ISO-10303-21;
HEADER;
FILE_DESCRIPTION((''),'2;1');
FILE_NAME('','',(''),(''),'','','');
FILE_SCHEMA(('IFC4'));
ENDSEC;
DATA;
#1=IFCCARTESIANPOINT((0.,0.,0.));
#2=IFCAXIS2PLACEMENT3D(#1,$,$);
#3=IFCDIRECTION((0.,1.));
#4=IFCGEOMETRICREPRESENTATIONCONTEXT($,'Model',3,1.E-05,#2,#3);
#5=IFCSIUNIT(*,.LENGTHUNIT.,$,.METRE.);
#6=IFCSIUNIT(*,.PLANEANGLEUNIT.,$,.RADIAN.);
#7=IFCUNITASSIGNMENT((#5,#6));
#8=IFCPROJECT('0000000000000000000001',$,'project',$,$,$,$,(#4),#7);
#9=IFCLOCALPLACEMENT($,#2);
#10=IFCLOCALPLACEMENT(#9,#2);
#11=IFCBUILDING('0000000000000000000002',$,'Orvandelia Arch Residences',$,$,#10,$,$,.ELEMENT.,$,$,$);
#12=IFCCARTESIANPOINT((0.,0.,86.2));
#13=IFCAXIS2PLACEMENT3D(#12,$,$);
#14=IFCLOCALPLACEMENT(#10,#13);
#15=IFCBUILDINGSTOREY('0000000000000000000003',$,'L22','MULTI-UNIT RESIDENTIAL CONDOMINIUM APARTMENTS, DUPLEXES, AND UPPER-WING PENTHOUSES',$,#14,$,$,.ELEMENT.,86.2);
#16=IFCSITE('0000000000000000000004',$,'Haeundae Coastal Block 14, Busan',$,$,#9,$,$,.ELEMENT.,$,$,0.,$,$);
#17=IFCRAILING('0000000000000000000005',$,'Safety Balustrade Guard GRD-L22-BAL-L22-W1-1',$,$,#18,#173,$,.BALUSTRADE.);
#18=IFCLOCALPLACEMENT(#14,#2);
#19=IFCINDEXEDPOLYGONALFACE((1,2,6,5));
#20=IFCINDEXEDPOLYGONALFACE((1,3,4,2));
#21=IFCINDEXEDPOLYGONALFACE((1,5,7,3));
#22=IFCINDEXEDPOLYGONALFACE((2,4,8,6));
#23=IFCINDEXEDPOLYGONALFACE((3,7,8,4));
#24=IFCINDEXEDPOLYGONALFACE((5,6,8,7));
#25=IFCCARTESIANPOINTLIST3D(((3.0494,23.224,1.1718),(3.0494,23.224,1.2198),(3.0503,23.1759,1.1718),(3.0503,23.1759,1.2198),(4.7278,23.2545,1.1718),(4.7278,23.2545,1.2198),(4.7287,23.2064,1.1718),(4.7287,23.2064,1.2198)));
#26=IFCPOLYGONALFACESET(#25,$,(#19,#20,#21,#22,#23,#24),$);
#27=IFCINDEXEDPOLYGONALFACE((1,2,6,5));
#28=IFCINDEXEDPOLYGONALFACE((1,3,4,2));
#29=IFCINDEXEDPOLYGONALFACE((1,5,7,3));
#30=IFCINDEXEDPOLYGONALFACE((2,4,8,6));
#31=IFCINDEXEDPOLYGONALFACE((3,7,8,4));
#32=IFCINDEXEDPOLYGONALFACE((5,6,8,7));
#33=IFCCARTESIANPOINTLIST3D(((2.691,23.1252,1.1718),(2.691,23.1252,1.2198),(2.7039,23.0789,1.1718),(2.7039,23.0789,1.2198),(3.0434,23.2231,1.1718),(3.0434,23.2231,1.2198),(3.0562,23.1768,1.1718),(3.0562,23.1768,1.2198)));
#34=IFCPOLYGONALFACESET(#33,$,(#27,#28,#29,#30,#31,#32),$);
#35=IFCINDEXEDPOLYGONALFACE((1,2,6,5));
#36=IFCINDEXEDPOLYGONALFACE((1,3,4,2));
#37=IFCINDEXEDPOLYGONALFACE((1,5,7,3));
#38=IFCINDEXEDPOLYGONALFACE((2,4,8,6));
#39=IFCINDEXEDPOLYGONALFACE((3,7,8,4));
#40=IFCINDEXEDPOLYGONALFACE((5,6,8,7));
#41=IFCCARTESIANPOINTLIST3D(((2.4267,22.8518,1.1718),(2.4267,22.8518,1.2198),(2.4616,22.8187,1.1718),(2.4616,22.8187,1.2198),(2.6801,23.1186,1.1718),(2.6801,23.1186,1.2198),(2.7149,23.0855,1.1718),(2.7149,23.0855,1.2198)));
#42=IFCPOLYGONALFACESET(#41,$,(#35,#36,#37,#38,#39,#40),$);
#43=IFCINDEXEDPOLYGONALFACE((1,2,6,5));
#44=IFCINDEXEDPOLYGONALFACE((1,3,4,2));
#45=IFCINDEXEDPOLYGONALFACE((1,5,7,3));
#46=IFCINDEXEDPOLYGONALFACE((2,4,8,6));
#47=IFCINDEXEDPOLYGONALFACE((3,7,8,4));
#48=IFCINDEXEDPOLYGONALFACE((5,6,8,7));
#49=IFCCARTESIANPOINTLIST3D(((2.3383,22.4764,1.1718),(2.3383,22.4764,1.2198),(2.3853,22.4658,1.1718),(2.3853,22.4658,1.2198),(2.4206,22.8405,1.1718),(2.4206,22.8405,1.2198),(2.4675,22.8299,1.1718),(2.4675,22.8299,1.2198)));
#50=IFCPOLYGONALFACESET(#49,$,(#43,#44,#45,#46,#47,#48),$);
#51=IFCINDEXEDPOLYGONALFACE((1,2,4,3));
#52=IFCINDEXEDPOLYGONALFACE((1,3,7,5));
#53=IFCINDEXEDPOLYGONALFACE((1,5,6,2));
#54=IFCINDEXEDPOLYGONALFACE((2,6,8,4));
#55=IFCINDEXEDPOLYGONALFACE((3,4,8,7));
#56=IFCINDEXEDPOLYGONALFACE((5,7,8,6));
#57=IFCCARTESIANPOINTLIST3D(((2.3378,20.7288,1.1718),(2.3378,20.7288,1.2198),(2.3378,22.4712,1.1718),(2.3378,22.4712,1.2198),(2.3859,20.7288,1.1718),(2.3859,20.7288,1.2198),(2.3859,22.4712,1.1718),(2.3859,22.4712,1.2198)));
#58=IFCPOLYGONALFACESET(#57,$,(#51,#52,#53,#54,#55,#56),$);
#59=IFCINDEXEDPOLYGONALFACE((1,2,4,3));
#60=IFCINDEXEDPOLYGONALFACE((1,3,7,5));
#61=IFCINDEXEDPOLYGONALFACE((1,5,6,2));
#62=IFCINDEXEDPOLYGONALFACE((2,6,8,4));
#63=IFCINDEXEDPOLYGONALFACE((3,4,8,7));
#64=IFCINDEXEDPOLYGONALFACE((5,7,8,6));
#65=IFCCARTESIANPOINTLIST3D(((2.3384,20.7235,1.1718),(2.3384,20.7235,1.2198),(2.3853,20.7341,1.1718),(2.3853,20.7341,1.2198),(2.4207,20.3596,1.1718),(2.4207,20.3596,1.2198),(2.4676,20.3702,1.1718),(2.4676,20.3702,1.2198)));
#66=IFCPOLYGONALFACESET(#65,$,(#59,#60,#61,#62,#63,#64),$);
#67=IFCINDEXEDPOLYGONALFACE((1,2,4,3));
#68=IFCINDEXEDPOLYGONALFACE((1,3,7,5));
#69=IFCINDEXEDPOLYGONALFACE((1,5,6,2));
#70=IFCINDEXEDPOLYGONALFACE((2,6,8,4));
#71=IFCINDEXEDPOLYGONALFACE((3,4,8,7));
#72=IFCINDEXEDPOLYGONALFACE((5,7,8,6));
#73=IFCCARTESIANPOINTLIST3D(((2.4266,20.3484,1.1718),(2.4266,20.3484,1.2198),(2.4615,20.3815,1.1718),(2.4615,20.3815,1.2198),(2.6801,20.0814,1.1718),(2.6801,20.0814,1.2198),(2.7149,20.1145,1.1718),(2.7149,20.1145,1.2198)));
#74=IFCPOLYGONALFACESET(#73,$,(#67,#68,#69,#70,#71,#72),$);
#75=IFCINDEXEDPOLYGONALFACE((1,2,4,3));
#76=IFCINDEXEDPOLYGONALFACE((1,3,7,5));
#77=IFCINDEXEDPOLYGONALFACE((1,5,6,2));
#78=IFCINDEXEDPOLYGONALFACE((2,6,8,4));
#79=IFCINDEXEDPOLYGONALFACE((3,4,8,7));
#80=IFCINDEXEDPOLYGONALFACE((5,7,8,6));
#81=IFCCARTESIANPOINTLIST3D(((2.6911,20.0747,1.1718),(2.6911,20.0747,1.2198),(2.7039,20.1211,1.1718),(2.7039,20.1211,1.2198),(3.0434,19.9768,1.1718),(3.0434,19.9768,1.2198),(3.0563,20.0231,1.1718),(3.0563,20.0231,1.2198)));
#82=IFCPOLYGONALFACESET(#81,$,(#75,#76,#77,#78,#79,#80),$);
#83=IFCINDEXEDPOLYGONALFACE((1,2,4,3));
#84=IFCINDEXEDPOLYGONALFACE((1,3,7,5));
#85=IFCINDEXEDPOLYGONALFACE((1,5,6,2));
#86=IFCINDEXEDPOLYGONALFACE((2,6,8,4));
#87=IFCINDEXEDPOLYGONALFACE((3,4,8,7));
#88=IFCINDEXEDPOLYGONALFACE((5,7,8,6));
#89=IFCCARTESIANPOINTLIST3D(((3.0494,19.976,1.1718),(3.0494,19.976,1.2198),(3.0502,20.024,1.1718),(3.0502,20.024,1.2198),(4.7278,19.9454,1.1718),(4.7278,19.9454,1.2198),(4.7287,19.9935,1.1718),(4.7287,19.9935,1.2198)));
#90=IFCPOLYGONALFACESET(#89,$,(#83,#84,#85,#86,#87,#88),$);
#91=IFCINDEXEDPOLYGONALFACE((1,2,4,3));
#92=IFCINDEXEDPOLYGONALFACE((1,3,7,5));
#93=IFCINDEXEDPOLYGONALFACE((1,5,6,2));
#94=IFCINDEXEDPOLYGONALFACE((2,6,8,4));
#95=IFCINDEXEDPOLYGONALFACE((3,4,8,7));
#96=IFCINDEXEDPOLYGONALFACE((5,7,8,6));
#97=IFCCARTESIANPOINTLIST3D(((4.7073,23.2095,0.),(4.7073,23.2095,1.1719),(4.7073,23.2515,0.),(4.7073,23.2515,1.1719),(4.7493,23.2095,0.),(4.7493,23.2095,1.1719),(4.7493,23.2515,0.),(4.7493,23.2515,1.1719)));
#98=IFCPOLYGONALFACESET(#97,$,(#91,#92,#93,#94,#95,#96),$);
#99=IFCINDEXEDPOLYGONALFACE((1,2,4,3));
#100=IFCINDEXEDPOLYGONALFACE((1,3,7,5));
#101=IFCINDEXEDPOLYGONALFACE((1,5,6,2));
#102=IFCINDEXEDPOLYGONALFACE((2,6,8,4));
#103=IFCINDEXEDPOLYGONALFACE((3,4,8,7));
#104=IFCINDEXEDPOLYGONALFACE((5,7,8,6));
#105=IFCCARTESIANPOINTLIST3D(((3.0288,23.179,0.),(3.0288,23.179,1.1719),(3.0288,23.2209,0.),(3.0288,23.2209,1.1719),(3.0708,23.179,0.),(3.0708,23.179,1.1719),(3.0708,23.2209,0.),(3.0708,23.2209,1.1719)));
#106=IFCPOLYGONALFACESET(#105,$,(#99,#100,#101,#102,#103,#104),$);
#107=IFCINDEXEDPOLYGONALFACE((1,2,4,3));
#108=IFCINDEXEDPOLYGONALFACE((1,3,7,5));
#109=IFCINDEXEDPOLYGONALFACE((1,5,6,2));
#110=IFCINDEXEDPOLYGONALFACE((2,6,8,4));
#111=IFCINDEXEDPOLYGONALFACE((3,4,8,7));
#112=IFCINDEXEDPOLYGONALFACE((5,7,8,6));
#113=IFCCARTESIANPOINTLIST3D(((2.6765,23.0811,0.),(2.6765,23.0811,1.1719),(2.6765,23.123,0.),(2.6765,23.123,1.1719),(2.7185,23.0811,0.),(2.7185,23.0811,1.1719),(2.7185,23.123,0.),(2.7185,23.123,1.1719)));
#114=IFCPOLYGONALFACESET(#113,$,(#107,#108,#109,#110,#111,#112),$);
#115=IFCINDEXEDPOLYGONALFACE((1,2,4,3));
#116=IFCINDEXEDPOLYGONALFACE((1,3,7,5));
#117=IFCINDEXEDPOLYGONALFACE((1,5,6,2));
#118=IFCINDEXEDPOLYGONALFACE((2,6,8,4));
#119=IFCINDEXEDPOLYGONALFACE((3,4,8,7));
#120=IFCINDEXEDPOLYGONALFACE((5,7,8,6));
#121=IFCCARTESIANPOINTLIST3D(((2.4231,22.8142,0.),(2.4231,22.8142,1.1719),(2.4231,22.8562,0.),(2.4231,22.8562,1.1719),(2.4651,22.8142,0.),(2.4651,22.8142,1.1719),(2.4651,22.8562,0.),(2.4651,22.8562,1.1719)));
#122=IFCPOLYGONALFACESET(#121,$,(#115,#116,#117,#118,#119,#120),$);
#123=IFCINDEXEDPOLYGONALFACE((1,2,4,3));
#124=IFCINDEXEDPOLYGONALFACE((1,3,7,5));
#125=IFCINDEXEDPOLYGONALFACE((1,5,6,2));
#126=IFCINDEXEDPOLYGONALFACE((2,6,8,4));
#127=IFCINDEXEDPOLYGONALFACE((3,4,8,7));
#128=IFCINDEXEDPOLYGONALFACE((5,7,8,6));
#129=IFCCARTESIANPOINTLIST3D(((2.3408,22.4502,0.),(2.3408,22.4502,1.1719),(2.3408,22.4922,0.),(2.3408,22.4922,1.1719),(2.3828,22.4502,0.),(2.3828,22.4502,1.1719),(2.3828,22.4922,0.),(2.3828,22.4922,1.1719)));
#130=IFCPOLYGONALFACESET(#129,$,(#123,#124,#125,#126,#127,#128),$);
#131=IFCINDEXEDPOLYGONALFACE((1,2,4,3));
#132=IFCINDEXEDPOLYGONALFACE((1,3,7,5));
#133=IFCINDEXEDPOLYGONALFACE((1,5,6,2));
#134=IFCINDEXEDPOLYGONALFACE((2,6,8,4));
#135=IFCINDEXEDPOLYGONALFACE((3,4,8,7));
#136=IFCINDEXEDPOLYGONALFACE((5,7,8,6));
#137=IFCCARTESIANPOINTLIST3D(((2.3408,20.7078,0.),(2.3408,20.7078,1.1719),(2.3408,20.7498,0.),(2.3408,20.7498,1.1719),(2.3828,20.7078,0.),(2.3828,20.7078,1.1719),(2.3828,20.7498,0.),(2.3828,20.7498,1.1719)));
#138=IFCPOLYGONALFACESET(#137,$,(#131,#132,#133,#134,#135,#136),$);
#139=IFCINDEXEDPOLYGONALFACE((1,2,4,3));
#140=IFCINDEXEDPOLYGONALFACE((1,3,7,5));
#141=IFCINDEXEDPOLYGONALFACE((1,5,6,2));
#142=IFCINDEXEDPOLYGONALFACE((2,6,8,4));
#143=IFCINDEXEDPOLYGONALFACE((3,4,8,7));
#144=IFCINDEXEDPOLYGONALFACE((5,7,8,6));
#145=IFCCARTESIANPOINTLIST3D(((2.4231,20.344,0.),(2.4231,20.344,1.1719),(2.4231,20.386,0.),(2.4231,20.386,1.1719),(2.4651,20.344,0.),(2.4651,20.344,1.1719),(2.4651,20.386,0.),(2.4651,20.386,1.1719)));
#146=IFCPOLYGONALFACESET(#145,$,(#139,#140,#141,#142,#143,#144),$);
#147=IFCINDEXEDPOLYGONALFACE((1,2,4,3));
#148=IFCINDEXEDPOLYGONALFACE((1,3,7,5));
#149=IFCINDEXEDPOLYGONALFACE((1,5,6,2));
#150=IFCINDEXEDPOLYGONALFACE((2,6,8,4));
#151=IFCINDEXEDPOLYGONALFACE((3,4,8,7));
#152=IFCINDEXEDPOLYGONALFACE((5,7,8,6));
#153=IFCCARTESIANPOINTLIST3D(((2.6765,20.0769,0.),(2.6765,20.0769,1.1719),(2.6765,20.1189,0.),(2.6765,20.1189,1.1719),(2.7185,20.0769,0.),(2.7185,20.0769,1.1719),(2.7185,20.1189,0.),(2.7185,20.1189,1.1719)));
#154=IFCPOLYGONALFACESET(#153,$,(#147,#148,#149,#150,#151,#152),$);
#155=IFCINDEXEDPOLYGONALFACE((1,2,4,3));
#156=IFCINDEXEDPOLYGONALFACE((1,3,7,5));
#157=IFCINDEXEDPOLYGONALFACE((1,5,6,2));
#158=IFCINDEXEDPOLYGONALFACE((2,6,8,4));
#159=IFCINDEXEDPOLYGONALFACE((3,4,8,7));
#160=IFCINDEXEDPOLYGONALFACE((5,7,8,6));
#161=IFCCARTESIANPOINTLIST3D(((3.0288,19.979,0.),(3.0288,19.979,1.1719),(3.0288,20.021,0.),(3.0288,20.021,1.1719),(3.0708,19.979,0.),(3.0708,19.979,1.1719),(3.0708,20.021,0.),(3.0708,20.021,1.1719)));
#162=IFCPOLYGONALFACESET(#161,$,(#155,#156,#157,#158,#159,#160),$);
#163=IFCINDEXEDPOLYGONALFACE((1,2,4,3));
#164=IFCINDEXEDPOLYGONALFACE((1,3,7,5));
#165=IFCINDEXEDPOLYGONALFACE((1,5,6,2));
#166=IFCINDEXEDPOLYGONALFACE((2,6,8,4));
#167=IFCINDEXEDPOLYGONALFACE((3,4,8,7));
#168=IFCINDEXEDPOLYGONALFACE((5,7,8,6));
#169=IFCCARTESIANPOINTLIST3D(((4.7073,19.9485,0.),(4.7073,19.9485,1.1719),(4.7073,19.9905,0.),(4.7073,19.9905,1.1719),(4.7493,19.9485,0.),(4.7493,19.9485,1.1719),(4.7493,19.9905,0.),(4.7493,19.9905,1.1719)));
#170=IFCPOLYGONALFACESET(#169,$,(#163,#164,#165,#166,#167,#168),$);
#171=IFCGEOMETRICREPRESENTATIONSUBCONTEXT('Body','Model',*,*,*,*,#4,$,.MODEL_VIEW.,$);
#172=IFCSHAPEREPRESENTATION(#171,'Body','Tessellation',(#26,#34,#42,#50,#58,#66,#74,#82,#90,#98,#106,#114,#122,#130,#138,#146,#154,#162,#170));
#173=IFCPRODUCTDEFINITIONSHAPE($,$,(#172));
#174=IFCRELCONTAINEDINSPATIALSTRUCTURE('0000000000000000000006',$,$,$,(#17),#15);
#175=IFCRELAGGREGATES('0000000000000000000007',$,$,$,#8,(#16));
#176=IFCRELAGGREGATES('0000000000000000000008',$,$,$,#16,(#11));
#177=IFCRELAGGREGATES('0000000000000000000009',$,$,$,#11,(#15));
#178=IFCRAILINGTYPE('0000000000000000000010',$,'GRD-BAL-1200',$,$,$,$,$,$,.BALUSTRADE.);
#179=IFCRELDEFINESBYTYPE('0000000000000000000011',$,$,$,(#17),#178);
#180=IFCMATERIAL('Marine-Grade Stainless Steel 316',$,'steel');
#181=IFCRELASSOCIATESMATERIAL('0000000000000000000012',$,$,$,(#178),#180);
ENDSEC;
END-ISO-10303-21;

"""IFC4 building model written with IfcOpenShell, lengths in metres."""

from ifc_helpers import new_model, si_unit, direction, frame, origin, origin_2d, place, context, subcontext, project, spatial, rectangle, extrude, material, type_object, element, save


model = new_model("IFC4")

# Units and contexts
model_context = context("Model", 3, precision=1e-05, world=origin(), true_north=direction((0.0, 1.0)))
body_context = subcontext(model_context, "Body", "Model", "MODEL_VIEW")
ifc_project = project(units=[si_unit("LENGTHUNIT", "METRE"), si_unit("PLANEANGLEUNIT", "RADIAN")], contexts=[model_context])

# Site, building, storey
site_placement = place(None, origin())
site = spatial("IfcSite", under=ifc_project, at=site_placement, Name="Haeundae Coastal Block 14, Busan", CompositionType="ELEMENT", RefElevation=0.0)
building_placement = place(site_placement, origin())
building = spatial("IfcBuilding", under=site, at=building_placement, Name="Orvandelia Arch Residences", CompositionType="ELEMENT")
storey_placement = place(building_placement, frame((0.0, 0.0, 86.2)))
storey = spatial("IfcBuildingStorey", under=building, at=storey_placement, Name="L22", Description="MULTI-UNIT RESIDENTIAL CONDOMINIUM APARTMENTS, DUPLEXES, AND UPPER-WING PENTHOUSES", CompositionType="ELEMENT", Elevation=86.2)

# Railing
ifc_material_1 = material(Name="Marine-Grade Stainless Steel 316", Category="steel")
railing_type = type_object("IfcRailingType", Name="GRD-BAL-1200", PredefinedType="BALUSTRADE", material=ifc_material_1)
railing_placement = place(storey_placement, frame((4.7283, 23.2305, 0.0)))
element("IfcRailing", 1, at=railing_placement, inside=storey, type_object=railing_type, Name="Safety Balustrade Guard GRD-L22-BAL-L22-W1-1", PredefinedType="BALUSTRADE", context=body_context, shape_type="SweptSolid", body=[
    extrude(rectangle(XDim=0.0481, YDim=0.0481, at=origin_2d()), frame((0.0, 0.0, 1.1958), z_axis=(-0.999835, -0.018179, 0.0), x_axis=(0.018179, -0.999835, 0.0)), (0.0, 0.0, 1.0), 1.6787),
    extrude(rectangle(XDim=0.0481, YDim=0.0481, at=origin_2d()), frame((-1.6785, -0.0305, 1.1958), z_axis=(-0.963489, -0.267747, 0.0), x_axis=(0.267747, -0.963489, 0.0)), (0.0, 0.0, 1.0), 0.3657),
    extrude(rectangle(XDim=0.0481, YDim=0.0481, at=origin_2d()), frame((-2.0308, -0.1284, 1.1958), z_axis=(-0.688627, -0.725115, 0.0), x_axis=(0.725115, -0.688627, 0.0)), (0.0, 0.0, 1.0), 0.3679),
    extrude(rectangle(XDim=0.0481, YDim=0.0481, at=origin_2d()), frame((-2.2842, -0.3953, 1.1958), z_axis=(-0.220462, -0.975396, 0.0), x_axis=(0.975396, -0.220462, 0.0)), (0.0, 0.0, 1.0), 0.3733),
    extrude(rectangle(XDim=0.0481, YDim=0.0481, at=origin_2d()), frame((-2.3665, -0.7593, 1.1958), z_axis=(0.0, -1.0, 0.0), x_axis=(1.0, 0.0, 0.0)), (0.0, 0.0, 1.0), 1.7424),
    extrude(rectangle(XDim=0.0481, YDim=0.0481, at=origin_2d()), frame((-2.3665, -2.5017, 1.1958), z_axis=(0.220602, -0.975364, 0.0), x_axis=(0.975364, 0.220602, 0.0)), (0.0, 0.0, 1.0), 0.373),
    extrude(rectangle(XDim=0.0481, YDim=0.0481, at=origin_2d()), frame((-2.2842, -2.8655, 1.1958), z_axis=(0.688296, -0.72543, 0.0), x_axis=(0.72543, 0.688296, 0.0)), (0.0, 0.0, 1.0), 0.3682),
    extrude(rectangle(XDim=0.0481, YDim=0.0481, at=origin_2d()), frame((-2.0308, -3.1326, 1.1958), z_axis=(0.963489, -0.267747, 0.0), x_axis=(0.267747, 0.963489, 0.0)), (0.0, 0.0, 1.0), 0.3657),
    extrude(rectangle(XDim=0.0481, YDim=0.0481, at=origin_2d()), frame((-1.6785, -3.2305, 1.1958), z_axis=(0.999835, -0.018179, 0.0), x_axis=(0.018179, 0.999835, 0.0)), (0.0, 0.0, 1.0), 1.6787),
    extrude(rectangle(XDim=0.042, YDim=0.042, at=origin_2d()), origin(), (0.0, 0.0, 1.0), 1.1719),
    extrude(rectangle(XDim=0.042, YDim=0.042, at=origin_2d()), frame((-1.6785, -0.0305, 0.0)), (0.0, 0.0, 1.0), 1.1719),
    extrude(rectangle(XDim=0.042, YDim=0.042, at=origin_2d()), frame((-2.0308, -0.1284, 0.0)), (0.0, 0.0, 1.0), 1.1719),
    extrude(rectangle(XDim=0.042, YDim=0.042, at=origin_2d()), frame((-2.2842, -0.3953, 0.0)), (0.0, 0.0, 1.0), 1.1719),
    extrude(rectangle(XDim=0.042, YDim=0.042, at=origin_2d()), frame((-2.3665, -0.7593, 0.0)), (0.0, 0.0, 1.0), 1.1719),
    extrude(rectangle(XDim=0.042, YDim=0.042, at=origin_2d()), frame((-2.3665, -2.5017, 0.0)), (0.0, 0.0, 1.0), 1.1719),
    extrude(rectangle(XDim=0.042, YDim=0.042, at=origin_2d()), frame((-2.2842, -2.8655, 0.0)), (0.0, 0.0, 1.0), 1.1719),
    extrude(rectangle(XDim=0.042, YDim=0.042, at=origin_2d()), frame((-2.0308, -3.1326, 0.0)), (0.0, 0.0, 1.0), 1.1719),
    extrude(rectangle(XDim=0.042, YDim=0.042, at=origin_2d()), frame((-1.6785, -3.2305, 0.0)), (0.0, 0.0, 1.0), 1.1719),
    extrude(rectangle(XDim=0.042, YDim=0.042, at=origin_2d()), frame((0.0, -3.261, 0.0)), (0.0, 0.0, 1.0), 1.1719),
])

save(model, "model.ifc")
